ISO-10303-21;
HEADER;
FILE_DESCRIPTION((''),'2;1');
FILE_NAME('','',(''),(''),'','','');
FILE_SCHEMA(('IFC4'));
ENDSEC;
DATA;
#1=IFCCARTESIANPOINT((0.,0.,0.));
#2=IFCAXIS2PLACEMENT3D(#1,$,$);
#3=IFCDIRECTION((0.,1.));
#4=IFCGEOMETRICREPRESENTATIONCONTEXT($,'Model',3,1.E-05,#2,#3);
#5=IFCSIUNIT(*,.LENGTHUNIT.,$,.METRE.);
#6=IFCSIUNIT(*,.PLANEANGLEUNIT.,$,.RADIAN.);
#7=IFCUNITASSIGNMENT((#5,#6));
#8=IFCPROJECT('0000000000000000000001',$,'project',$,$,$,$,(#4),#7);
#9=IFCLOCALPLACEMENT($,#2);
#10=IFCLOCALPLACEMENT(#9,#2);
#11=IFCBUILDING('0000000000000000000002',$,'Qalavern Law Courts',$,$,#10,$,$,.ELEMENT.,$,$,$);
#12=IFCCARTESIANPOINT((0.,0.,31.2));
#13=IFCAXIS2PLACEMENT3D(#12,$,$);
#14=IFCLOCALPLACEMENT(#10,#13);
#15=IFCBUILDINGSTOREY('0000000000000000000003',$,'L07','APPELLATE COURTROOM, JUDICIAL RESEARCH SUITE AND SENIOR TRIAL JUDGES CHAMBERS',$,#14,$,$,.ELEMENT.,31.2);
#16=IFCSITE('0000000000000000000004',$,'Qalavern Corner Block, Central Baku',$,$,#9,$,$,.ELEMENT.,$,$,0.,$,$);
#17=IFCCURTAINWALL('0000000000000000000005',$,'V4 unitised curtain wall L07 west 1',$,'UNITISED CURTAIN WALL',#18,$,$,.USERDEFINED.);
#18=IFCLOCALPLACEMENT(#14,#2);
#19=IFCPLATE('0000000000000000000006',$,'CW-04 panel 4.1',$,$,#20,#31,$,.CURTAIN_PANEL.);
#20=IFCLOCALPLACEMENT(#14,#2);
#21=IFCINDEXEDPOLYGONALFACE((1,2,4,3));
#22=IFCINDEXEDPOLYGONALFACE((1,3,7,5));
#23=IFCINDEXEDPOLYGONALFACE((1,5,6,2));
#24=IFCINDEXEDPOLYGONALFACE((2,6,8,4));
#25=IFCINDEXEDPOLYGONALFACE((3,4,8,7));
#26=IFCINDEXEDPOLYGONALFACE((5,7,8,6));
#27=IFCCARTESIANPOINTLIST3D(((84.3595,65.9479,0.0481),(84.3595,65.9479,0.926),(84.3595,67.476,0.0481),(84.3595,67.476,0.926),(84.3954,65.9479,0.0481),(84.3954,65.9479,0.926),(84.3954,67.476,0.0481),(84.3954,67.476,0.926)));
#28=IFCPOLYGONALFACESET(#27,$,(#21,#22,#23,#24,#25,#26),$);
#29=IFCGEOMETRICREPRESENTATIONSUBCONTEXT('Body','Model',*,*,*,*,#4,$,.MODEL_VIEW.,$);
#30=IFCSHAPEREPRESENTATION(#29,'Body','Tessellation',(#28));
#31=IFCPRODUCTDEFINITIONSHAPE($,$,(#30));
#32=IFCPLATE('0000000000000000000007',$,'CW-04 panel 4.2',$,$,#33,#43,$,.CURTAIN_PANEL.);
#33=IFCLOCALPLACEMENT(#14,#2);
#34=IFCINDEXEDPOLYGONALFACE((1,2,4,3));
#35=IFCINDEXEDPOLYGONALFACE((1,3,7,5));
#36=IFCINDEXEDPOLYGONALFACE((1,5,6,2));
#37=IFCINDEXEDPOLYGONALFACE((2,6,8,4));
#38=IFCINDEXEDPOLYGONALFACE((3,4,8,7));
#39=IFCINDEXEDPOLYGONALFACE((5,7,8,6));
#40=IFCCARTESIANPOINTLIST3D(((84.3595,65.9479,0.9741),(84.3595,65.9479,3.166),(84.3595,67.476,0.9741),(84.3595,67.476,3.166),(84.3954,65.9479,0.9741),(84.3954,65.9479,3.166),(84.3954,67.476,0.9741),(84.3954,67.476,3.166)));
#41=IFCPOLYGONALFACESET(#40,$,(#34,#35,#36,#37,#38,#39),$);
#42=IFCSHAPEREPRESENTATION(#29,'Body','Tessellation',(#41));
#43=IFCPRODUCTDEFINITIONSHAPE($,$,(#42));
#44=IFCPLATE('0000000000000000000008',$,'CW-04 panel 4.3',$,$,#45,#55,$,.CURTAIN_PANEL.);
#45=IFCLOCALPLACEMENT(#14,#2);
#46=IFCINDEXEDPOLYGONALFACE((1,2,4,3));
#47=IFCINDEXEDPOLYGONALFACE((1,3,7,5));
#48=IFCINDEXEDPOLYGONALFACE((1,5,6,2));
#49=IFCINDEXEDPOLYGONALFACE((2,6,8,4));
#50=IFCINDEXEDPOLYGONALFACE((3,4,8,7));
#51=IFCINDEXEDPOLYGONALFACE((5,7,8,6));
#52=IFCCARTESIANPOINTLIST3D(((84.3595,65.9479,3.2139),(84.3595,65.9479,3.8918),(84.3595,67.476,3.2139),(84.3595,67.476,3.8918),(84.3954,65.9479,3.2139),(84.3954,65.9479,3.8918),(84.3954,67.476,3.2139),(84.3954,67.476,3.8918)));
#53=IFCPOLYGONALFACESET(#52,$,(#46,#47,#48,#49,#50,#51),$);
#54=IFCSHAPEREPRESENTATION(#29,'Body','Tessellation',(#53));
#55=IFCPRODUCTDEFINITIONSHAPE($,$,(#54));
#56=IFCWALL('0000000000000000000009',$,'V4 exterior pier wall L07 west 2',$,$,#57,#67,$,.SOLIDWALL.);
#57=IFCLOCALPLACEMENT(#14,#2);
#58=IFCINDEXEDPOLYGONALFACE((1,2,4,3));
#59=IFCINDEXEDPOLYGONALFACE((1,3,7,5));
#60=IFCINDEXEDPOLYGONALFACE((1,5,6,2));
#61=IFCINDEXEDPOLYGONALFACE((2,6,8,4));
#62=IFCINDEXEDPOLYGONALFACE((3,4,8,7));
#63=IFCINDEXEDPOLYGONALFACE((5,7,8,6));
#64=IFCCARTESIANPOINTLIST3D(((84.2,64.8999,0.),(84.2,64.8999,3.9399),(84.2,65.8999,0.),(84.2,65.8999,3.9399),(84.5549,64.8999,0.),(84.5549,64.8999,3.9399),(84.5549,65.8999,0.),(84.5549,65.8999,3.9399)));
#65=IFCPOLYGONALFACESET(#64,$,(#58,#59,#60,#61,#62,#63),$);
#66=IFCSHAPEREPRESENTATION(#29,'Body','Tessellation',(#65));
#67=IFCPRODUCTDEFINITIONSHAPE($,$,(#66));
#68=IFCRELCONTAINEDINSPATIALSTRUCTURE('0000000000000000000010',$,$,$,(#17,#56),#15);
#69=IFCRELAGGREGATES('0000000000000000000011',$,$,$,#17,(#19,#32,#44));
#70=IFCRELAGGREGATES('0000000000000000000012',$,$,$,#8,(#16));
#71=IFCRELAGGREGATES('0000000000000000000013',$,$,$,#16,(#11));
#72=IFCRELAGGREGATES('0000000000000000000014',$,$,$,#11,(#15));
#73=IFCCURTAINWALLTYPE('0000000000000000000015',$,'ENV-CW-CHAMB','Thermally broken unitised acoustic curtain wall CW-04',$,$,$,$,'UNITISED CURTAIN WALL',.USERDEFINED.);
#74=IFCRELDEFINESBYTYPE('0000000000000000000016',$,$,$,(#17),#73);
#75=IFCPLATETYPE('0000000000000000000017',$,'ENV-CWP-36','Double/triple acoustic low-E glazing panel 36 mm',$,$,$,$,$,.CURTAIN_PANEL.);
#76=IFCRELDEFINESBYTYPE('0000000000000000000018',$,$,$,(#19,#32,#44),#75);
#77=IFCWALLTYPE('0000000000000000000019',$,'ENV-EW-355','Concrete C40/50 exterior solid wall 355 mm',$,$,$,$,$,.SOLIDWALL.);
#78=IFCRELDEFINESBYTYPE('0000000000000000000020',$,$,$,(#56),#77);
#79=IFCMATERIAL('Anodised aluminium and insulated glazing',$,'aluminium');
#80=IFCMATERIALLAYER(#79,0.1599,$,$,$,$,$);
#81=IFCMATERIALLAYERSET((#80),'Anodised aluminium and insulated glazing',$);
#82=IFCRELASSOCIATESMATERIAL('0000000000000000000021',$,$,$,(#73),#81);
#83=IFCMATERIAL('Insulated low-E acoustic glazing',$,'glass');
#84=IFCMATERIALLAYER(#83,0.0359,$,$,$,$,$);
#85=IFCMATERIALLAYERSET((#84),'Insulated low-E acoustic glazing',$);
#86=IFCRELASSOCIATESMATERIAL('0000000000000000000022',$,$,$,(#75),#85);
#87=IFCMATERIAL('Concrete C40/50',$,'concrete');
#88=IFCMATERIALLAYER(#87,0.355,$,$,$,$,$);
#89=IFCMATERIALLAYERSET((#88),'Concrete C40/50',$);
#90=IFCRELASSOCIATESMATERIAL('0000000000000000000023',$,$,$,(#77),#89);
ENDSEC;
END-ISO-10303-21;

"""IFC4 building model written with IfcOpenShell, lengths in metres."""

from ifc_helpers import new_model, si_unit, direction, frame, frame_2d, origin, origin_2d, place, context, subcontext, project, spatial, rectangle, extrude, material, layer, layer_set, type_object, element, aggregate, save


model = new_model("IFC4")

# Units and contexts
model_context = context("Model", 3, precision=1e-05, world=origin(), true_north=direction((0.0, 1.0)))
body_context = subcontext(model_context, "Body", "Model", "MODEL_VIEW")
ifc_project = project(units=[si_unit("LENGTHUNIT", "METRE"), si_unit("PLANEANGLEUNIT", "RADIAN")], contexts=[model_context])

# Site, building, storey
site_placement = place(None, origin())
site = spatial("IfcSite", under=ifc_project, at=site_placement, Name="Qalavern Corner Block, Central Baku", CompositionType="ELEMENT", RefElevation=0.0)
building_placement = place(site_placement, origin())
building = spatial("IfcBuilding", under=site, at=building_placement, Name="Qalavern Law Courts", CompositionType="ELEMENT")
storey_placement = place(building_placement, frame((0.0, 0.0, 31.2)))
storey = spatial("IfcBuildingStorey", under=building, at=storey_placement, Name="L07", Description="APPELLATE COURTROOM, JUDICIAL RESEARCH SUITE AND SENIOR TRIAL JUDGES CHAMBERS", CompositionType="ELEMENT", Elevation=31.2)

# Curtain wall
ifc_material_1 = material(Name="Anodised aluminium and insulated glazing", Category="aluminium")
ifc_layer_1 = layer(ifc_material_1, 0.1599)
ifc_layer_set_1 = layer_set([ifc_layer_1], Name="Anodised aluminium and insulated glazing")
curtain_wall_type = type_object("IfcCurtainWallType", Name="ENV-CW-CHAMB", Description="Thermally broken unitised acoustic curtain wall CW-04", ElementType="UNITISED CURTAIN WALL", PredefinedType="USERDEFINED", material=ifc_layer_set_1)
curtain_wall_1_placement = place(storey_placement, origin())
curtain_wall_1 = element("IfcCurtainWall", 1, at=curtain_wall_1_placement, inside=storey, type_object=curtain_wall_type, Name="V4 unitised curtain wall L07 west 1", ObjectType="UNITISED CURTAIN WALL", PredefinedType="USERDEFINED")

# Plates
ifc_material_2 = material(Name="Insulated low-E acoustic glazing", Category="glass")
ifc_layer_2 = layer(ifc_material_2, 0.0359)
ifc_layer_set_2 = layer_set([ifc_layer_2], Name="Insulated low-E acoustic glazing")
plate_type = type_object("IfcPlateType", Name="ENV-CWP-36", Description="Double/triple acoustic low-E glazing panel 36 mm", PredefinedType="CURTAIN_PANEL", material=ifc_layer_set_2)
plate_1_placement = place(storey_placement, frame((84.3774, 66.7119, 0.0481), z_axis=(0.0, 0.0, 1.0), x_axis=(0.0, -1.0, 0.0)))
plate_1 = element("IfcPlate", 2, at=plate_1_placement, type_object=plate_type, Name="CW-04 panel 4.1", PredefinedType="CURTAIN_PANEL", context=body_context, shape_type="SweptSolid", body=[
    extrude(rectangle(XDim=1.5281, YDim=0.0359, at=origin_2d()), origin(), (0.0, 0.0, 1.0), 0.8779),
])
plate_2_placement = place(storey_placement, frame((84.3774, 66.7119, 0.9741), z_axis=(0.0, 0.0, 1.0), x_axis=(0.0, -1.0, 0.0)))
plate_2 = element("IfcPlate", 3, at=plate_2_placement, type_object=plate_type, Name="CW-04 panel 4.2", PredefinedType="CURTAIN_PANEL", context=body_context, shape_type="SweptSolid", body=[
    extrude(rectangle(XDim=1.5281, YDim=0.0359, at=origin_2d()), origin(), (0.0, 0.0, 1.0), 2.1919),
])
plate_3_placement = place(storey_placement, frame((84.3774, 66.7119, 3.2139), z_axis=(0.0, 0.0, 1.0), x_axis=(0.0, -1.0, 0.0)))
plate_3 = element("IfcPlate", 4, at=plate_3_placement, type_object=plate_type, Name="CW-04 panel 4.3", PredefinedType="CURTAIN_PANEL", context=body_context, shape_type="SweptSolid", body=[
    extrude(rectangle(XDim=1.5281, YDim=0.0359, at=origin_2d()), origin(), (0.0, 0.0, 1.0), 0.678),
])
aggregate(curtain_wall_1, [plate_1, plate_2, plate_3])

# Wall
ifc_material_3 = material(Name="Concrete C40/50", Category="concrete")
ifc_layer_3 = layer(ifc_material_3, 0.355)
ifc_layer_set_3 = layer_set([ifc_layer_3], Name="Concrete C40/50")
wall_type = type_object("IfcWallType", Name="ENV-EW-355", Description="Concrete C40/50 exterior solid wall 355 mm", PredefinedType="SOLIDWALL", material=ifc_layer_set_3)
wall_placement = place(storey_placement, frame((84.3774, 65.8999, 0.0), z_axis=(0.0, 0.0, 1.0), x_axis=(0.0, -1.0, 0.0)))
element("IfcWall", 5, at=wall_placement, inside=storey, type_object=wall_type, Name="V4 exterior pier wall L07 west 2", PredefinedType="SOLIDWALL", context=body_context, shape_type="SweptSolid", body=[
    extrude(rectangle(XDim=1.0, YDim=0.355, at=frame_2d((0.5, 0.0))), origin(), (0.0, 0.0, 1.0), 3.9399),
])

save(model, "model.ifc")
